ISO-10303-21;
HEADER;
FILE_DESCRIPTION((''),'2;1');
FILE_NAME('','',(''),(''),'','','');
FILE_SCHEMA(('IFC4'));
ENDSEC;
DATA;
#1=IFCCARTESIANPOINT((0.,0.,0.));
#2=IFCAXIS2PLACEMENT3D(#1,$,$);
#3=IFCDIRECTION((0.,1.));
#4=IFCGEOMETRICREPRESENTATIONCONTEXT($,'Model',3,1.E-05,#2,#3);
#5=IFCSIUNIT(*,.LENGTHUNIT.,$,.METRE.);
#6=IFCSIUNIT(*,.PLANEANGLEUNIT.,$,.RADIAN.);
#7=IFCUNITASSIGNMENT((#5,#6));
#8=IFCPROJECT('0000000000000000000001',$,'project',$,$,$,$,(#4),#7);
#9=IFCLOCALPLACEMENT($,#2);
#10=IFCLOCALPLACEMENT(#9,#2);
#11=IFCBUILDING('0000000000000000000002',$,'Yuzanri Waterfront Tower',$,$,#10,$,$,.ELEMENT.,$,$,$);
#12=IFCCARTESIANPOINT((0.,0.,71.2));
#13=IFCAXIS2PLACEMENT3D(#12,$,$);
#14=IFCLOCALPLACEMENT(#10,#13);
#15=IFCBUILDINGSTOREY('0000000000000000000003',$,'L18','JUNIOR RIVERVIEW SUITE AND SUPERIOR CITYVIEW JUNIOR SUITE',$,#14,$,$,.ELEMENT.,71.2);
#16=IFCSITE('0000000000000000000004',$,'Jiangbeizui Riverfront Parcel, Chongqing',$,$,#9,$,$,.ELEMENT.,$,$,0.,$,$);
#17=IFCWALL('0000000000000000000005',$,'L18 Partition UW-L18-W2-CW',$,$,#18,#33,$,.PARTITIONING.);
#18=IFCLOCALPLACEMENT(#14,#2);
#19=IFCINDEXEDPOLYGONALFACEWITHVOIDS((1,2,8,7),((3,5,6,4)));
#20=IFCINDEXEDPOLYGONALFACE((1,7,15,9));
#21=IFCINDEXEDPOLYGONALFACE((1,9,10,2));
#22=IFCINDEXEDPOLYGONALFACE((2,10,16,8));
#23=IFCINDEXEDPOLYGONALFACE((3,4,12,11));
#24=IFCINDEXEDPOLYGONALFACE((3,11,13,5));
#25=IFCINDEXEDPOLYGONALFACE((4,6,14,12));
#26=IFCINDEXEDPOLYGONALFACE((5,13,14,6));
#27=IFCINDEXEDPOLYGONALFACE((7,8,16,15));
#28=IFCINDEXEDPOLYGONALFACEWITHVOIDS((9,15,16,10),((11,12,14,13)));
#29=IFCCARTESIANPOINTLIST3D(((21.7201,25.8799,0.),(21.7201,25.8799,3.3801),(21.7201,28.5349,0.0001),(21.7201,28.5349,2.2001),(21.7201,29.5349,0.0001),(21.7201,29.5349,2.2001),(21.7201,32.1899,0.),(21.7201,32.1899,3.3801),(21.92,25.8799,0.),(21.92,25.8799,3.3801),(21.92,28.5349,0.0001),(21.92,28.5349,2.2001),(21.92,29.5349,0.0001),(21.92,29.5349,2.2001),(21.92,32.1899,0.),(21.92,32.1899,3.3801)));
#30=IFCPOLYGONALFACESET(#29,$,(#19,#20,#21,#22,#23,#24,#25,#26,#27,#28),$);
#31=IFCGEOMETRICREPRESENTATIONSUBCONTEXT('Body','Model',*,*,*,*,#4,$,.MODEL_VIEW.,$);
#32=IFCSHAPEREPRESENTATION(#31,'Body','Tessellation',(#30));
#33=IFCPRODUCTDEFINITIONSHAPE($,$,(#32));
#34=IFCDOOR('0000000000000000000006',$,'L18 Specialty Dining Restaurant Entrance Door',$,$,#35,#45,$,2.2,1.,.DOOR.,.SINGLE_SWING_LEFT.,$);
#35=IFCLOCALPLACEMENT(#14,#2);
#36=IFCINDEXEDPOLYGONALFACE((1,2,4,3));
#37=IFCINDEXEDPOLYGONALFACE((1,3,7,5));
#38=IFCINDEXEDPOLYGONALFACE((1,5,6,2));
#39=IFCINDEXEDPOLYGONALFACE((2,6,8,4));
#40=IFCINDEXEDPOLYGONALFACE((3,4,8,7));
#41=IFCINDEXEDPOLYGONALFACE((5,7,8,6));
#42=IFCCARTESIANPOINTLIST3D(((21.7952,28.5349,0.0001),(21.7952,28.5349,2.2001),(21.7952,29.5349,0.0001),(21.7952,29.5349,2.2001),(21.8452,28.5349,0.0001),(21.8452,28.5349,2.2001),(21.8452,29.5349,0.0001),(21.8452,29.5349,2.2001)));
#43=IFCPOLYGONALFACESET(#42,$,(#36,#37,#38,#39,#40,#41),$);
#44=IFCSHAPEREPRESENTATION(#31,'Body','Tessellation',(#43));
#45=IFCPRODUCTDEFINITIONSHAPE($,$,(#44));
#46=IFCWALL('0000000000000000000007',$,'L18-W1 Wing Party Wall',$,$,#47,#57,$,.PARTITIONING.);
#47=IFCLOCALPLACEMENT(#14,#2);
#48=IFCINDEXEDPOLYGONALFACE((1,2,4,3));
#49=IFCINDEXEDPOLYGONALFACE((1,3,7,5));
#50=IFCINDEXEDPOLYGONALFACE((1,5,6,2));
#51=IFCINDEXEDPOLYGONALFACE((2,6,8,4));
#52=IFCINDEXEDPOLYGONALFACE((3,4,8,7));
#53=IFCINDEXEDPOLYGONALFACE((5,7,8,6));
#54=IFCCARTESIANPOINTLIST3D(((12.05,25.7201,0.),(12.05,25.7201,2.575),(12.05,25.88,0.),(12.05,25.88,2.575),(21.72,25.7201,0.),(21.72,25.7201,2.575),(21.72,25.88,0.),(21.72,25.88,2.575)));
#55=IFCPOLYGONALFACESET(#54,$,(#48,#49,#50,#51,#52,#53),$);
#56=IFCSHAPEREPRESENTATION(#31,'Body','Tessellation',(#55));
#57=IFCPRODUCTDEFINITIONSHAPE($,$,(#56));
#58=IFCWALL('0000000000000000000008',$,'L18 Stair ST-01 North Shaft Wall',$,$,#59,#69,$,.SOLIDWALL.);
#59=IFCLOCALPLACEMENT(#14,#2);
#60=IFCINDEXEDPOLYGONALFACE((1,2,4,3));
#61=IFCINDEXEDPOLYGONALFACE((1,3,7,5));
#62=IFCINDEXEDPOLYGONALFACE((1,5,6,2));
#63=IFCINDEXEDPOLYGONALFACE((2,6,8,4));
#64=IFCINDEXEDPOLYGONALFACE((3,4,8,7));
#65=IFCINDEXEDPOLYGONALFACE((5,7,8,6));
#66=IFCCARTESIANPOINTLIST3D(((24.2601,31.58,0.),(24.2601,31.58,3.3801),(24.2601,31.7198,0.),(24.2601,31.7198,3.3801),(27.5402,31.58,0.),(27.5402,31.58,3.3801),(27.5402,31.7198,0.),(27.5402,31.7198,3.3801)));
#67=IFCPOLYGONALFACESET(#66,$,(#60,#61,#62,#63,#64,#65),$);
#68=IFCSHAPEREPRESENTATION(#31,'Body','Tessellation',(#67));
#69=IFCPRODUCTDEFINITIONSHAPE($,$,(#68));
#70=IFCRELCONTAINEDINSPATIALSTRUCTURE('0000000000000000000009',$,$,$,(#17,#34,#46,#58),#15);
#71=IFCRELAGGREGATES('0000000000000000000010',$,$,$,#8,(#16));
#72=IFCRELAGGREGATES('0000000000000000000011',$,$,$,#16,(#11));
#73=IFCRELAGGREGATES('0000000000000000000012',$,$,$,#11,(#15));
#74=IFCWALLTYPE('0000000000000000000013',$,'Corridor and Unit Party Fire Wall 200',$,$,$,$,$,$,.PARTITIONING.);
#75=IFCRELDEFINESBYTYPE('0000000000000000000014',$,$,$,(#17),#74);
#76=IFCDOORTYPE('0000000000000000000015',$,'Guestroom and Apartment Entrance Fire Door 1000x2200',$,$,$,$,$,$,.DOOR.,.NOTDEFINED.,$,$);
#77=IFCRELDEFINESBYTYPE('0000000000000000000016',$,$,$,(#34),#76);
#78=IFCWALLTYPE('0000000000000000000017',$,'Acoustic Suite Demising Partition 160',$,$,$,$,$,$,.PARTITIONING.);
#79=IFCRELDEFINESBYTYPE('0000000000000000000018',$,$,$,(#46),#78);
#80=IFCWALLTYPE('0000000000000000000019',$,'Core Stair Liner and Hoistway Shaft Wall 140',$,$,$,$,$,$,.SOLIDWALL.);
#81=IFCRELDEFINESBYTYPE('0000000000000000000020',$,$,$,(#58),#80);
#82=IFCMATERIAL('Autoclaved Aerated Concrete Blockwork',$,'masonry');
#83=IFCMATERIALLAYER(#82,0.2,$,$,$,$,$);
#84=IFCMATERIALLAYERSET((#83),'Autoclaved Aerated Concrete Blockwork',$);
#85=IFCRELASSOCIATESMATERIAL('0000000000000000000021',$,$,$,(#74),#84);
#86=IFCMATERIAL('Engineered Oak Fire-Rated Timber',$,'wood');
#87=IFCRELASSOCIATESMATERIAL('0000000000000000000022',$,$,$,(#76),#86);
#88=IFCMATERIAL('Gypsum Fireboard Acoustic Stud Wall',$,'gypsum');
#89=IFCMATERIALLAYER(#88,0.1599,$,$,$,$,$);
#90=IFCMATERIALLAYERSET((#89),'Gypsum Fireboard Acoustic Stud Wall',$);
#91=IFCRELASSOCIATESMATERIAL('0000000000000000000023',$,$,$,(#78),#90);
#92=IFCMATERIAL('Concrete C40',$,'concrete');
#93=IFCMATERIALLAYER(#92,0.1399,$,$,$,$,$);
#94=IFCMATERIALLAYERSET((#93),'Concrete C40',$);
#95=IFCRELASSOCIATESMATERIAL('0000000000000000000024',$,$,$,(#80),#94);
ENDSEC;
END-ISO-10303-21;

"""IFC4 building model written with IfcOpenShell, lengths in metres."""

from ifc_helpers import new_model, si_unit, direction, frame, frame_2d, origin, place, context, subcontext, project, spatial, rectangle, extrude, source, transform, mapped, material, layer, layer_set, type_object, element, fill, save


model = new_model("IFC4")

# Units and contexts
model_context = context("Model", 3, precision=1e-05, world=origin(), true_north=direction((0.0, 1.0)))
body_context = subcontext(model_context, "Body", "Model", "MODEL_VIEW")
ifc_project = project(units=[si_unit("LENGTHUNIT", "METRE"), si_unit("PLANEANGLEUNIT", "RADIAN")], contexts=[model_context])

# Site, building, storey
site_placement = place(None, origin())
site = spatial("IfcSite", under=ifc_project, at=site_placement, Name="Jiangbeizui Riverfront Parcel, Chongqing", CompositionType="ELEMENT", RefElevation=0.0)
building_placement = place(site_placement, origin())
building = spatial("IfcBuilding", under=site, at=building_placement, Name="Yuzanri Waterfront Tower", CompositionType="ELEMENT")
storey_placement = place(building_placement, frame((0.0, 0.0, 71.2)))
storey = spatial("IfcBuildingStorey", under=building, at=storey_placement, Name="L18", Description="JUNIOR RIVERVIEW SUITE AND SUPERIOR CITYVIEW JUNIOR SUITE", CompositionType="ELEMENT", Elevation=71.2)

# Wall, opening, door
ifc_material_1 = material(Name="Autoclaved Aerated Concrete Blockwork", Category="masonry")
ifc_layer_1 = layer(ifc_material_1, 0.2)
ifc_layer_set_1 = layer_set([ifc_layer_1], Name="Autoclaved Aerated Concrete Blockwork")
wall_type_1 = type_object("IfcWallType", Name="Corridor and Unit Party Fire Wall 200", PredefinedType="PARTITIONING", material=ifc_layer_set_1)
wall_1_placement = place(storey_placement, frame((21.8201, 25.8799, 0.0), z_axis=(0.0, 0.0, 1.0), x_axis=(0.0, 1.0, 0.0)))
wall_1 = element("IfcWall", 1, at=wall_1_placement, inside=storey, type_object=wall_type_1, Name="L18 Partition UW-L18-W2-CW", PredefinedType="PARTITIONING", context=body_context, shape_type="SweptSolid", body=[
    extrude(rectangle(XDim=6.3101, YDim=0.2, at=frame_2d((3.155, 0.0))), origin(), (0.0, 0.0, 1.0), 3.3801),
])
opening_1_placement = place(wall_1_placement, frame((2.655, 0.0, 0.0)))
opening_1 = element("IfcOpeningElement", 2, at=opening_1_placement, cuts=wall_1, PredefinedType="OPENING", context=body_context, shape_type="SweptSolid", body=[
    extrude(rectangle(XDim=1.0, YDim=2.2, at=frame_2d((0.5, 1.1001))), frame((0.0, 0.1147, 0.0), z_axis=(0.0, -1.0, 0.0), x_axis=(1.0, 0.0, 0.0)), (0.0, 0.0, 1.0), 0.2297),
])
ifc_material_2 = material(Name="Engineered Oak Fire-Rated Timber", Category="wood")
door_type_1 = type_object("IfcDoorType", Name="Guestroom and Apartment Entrance Fire Door 1000x2200", OperationType="NOTDEFINED", PredefinedType="DOOR", material=ifc_material_2)
shared_shape_1 = source(origin(), body_context, "Body", "SweptSolid", [
    extrude(rectangle(XDim=1.0, YDim=2.2, at=frame_2d((0.5, 1.1001))), frame((0.0, 0.0249, 0.0), z_axis=(0.0, -1.0, 0.0), x_axis=(1.0, 0.0, 0.0)), (0.0, 0.0, 1.0), 0.05),
])
door_1_placement = place(opening_1_placement, origin())
door_1 = element("IfcDoor", 3, at=door_1_placement, inside=storey, type_object=door_type_1, Name="L18 Specialty Dining Restaurant Entrance Door", OperationType="SINGLE_SWING_LEFT", OverallHeight=2.2, OverallWidth=1.0, PredefinedType="DOOR", context=body_context, shape_type="MappedRepresentation", body=[
    mapped(shared_shape_1, transform((0.0, 0.0, 0.0), scale=1.0)),
])
fill(opening_1, door_1)

# Walls
ifc_material_3 = material(Name="Gypsum Fireboard Acoustic Stud Wall", Category="gypsum")
ifc_layer_2 = layer(ifc_material_3, 0.1599)
ifc_layer_set_2 = layer_set([ifc_layer_2], Name="Gypsum Fireboard Acoustic Stud Wall")
wall_type_2 = type_object("IfcWallType", Name="Acoustic Suite Demising Partition 160", PredefinedType="PARTITIONING", material=ifc_layer_set_2)
shared_shape_2 = source(origin(), body_context, "Body", "SweptSolid", [
    extrude(rectangle(XDim=9.6699, YDim=0.1599, at=frame_2d((4.835, 0.0))), origin(), (0.0, 0.0, 1.0), 2.575),
])
wall_2_placement = place(storey_placement, frame((12.05, 25.8, 0.0), z_axis=(0.0, 0.0, 1.0), x_axis=(1.0, 0.0, 0.0)))
element("IfcWall", 4, at=wall_2_placement, inside=storey, type_object=wall_type_2, Name="L18-W1 Wing Party Wall", PredefinedType="PARTITIONING", context=body_context, shape_type="MappedRepresentation", body=[
    mapped(shared_shape_2, transform((0.0, 0.0, 0.0), scale=1.0)),
])
ifc_material_4 = material(Name="Concrete C40", Category="concrete")
ifc_layer_3 = layer(ifc_material_4, 0.1399)
ifc_layer_set_3 = layer_set([ifc_layer_3], Name="Concrete C40")
wall_type_3 = type_object("IfcWallType", Name="Core Stair Liner and Hoistway Shaft Wall 140", PredefinedType="SOLIDWALL", material=ifc_layer_set_3)
shared_shape_3 = source(origin(), body_context, "Body", "SweptSolid", [
    extrude(rectangle(XDim=3.28, YDim=0.1399, at=frame_2d((1.6401, 0.0))), origin(), (0.0, 0.0, 1.0), 3.3801),
])
wall_3_placement = place(storey_placement, frame((24.26, 31.6499, 0.0), z_axis=(0.0, 0.0, 1.0), x_axis=(1.0, 0.0, 0.0)))
element("IfcWall", 5, at=wall_3_placement, inside=storey, type_object=wall_type_3, Name="L18 Stair ST-01 North Shaft Wall", PredefinedType="SOLIDWALL", context=body_context, shape_type="MappedRepresentation", body=[
    mapped(shared_shape_3, transform((0.0, 0.0, 0.0), scale=1.0)),
])

save(model, "model.ifc")
